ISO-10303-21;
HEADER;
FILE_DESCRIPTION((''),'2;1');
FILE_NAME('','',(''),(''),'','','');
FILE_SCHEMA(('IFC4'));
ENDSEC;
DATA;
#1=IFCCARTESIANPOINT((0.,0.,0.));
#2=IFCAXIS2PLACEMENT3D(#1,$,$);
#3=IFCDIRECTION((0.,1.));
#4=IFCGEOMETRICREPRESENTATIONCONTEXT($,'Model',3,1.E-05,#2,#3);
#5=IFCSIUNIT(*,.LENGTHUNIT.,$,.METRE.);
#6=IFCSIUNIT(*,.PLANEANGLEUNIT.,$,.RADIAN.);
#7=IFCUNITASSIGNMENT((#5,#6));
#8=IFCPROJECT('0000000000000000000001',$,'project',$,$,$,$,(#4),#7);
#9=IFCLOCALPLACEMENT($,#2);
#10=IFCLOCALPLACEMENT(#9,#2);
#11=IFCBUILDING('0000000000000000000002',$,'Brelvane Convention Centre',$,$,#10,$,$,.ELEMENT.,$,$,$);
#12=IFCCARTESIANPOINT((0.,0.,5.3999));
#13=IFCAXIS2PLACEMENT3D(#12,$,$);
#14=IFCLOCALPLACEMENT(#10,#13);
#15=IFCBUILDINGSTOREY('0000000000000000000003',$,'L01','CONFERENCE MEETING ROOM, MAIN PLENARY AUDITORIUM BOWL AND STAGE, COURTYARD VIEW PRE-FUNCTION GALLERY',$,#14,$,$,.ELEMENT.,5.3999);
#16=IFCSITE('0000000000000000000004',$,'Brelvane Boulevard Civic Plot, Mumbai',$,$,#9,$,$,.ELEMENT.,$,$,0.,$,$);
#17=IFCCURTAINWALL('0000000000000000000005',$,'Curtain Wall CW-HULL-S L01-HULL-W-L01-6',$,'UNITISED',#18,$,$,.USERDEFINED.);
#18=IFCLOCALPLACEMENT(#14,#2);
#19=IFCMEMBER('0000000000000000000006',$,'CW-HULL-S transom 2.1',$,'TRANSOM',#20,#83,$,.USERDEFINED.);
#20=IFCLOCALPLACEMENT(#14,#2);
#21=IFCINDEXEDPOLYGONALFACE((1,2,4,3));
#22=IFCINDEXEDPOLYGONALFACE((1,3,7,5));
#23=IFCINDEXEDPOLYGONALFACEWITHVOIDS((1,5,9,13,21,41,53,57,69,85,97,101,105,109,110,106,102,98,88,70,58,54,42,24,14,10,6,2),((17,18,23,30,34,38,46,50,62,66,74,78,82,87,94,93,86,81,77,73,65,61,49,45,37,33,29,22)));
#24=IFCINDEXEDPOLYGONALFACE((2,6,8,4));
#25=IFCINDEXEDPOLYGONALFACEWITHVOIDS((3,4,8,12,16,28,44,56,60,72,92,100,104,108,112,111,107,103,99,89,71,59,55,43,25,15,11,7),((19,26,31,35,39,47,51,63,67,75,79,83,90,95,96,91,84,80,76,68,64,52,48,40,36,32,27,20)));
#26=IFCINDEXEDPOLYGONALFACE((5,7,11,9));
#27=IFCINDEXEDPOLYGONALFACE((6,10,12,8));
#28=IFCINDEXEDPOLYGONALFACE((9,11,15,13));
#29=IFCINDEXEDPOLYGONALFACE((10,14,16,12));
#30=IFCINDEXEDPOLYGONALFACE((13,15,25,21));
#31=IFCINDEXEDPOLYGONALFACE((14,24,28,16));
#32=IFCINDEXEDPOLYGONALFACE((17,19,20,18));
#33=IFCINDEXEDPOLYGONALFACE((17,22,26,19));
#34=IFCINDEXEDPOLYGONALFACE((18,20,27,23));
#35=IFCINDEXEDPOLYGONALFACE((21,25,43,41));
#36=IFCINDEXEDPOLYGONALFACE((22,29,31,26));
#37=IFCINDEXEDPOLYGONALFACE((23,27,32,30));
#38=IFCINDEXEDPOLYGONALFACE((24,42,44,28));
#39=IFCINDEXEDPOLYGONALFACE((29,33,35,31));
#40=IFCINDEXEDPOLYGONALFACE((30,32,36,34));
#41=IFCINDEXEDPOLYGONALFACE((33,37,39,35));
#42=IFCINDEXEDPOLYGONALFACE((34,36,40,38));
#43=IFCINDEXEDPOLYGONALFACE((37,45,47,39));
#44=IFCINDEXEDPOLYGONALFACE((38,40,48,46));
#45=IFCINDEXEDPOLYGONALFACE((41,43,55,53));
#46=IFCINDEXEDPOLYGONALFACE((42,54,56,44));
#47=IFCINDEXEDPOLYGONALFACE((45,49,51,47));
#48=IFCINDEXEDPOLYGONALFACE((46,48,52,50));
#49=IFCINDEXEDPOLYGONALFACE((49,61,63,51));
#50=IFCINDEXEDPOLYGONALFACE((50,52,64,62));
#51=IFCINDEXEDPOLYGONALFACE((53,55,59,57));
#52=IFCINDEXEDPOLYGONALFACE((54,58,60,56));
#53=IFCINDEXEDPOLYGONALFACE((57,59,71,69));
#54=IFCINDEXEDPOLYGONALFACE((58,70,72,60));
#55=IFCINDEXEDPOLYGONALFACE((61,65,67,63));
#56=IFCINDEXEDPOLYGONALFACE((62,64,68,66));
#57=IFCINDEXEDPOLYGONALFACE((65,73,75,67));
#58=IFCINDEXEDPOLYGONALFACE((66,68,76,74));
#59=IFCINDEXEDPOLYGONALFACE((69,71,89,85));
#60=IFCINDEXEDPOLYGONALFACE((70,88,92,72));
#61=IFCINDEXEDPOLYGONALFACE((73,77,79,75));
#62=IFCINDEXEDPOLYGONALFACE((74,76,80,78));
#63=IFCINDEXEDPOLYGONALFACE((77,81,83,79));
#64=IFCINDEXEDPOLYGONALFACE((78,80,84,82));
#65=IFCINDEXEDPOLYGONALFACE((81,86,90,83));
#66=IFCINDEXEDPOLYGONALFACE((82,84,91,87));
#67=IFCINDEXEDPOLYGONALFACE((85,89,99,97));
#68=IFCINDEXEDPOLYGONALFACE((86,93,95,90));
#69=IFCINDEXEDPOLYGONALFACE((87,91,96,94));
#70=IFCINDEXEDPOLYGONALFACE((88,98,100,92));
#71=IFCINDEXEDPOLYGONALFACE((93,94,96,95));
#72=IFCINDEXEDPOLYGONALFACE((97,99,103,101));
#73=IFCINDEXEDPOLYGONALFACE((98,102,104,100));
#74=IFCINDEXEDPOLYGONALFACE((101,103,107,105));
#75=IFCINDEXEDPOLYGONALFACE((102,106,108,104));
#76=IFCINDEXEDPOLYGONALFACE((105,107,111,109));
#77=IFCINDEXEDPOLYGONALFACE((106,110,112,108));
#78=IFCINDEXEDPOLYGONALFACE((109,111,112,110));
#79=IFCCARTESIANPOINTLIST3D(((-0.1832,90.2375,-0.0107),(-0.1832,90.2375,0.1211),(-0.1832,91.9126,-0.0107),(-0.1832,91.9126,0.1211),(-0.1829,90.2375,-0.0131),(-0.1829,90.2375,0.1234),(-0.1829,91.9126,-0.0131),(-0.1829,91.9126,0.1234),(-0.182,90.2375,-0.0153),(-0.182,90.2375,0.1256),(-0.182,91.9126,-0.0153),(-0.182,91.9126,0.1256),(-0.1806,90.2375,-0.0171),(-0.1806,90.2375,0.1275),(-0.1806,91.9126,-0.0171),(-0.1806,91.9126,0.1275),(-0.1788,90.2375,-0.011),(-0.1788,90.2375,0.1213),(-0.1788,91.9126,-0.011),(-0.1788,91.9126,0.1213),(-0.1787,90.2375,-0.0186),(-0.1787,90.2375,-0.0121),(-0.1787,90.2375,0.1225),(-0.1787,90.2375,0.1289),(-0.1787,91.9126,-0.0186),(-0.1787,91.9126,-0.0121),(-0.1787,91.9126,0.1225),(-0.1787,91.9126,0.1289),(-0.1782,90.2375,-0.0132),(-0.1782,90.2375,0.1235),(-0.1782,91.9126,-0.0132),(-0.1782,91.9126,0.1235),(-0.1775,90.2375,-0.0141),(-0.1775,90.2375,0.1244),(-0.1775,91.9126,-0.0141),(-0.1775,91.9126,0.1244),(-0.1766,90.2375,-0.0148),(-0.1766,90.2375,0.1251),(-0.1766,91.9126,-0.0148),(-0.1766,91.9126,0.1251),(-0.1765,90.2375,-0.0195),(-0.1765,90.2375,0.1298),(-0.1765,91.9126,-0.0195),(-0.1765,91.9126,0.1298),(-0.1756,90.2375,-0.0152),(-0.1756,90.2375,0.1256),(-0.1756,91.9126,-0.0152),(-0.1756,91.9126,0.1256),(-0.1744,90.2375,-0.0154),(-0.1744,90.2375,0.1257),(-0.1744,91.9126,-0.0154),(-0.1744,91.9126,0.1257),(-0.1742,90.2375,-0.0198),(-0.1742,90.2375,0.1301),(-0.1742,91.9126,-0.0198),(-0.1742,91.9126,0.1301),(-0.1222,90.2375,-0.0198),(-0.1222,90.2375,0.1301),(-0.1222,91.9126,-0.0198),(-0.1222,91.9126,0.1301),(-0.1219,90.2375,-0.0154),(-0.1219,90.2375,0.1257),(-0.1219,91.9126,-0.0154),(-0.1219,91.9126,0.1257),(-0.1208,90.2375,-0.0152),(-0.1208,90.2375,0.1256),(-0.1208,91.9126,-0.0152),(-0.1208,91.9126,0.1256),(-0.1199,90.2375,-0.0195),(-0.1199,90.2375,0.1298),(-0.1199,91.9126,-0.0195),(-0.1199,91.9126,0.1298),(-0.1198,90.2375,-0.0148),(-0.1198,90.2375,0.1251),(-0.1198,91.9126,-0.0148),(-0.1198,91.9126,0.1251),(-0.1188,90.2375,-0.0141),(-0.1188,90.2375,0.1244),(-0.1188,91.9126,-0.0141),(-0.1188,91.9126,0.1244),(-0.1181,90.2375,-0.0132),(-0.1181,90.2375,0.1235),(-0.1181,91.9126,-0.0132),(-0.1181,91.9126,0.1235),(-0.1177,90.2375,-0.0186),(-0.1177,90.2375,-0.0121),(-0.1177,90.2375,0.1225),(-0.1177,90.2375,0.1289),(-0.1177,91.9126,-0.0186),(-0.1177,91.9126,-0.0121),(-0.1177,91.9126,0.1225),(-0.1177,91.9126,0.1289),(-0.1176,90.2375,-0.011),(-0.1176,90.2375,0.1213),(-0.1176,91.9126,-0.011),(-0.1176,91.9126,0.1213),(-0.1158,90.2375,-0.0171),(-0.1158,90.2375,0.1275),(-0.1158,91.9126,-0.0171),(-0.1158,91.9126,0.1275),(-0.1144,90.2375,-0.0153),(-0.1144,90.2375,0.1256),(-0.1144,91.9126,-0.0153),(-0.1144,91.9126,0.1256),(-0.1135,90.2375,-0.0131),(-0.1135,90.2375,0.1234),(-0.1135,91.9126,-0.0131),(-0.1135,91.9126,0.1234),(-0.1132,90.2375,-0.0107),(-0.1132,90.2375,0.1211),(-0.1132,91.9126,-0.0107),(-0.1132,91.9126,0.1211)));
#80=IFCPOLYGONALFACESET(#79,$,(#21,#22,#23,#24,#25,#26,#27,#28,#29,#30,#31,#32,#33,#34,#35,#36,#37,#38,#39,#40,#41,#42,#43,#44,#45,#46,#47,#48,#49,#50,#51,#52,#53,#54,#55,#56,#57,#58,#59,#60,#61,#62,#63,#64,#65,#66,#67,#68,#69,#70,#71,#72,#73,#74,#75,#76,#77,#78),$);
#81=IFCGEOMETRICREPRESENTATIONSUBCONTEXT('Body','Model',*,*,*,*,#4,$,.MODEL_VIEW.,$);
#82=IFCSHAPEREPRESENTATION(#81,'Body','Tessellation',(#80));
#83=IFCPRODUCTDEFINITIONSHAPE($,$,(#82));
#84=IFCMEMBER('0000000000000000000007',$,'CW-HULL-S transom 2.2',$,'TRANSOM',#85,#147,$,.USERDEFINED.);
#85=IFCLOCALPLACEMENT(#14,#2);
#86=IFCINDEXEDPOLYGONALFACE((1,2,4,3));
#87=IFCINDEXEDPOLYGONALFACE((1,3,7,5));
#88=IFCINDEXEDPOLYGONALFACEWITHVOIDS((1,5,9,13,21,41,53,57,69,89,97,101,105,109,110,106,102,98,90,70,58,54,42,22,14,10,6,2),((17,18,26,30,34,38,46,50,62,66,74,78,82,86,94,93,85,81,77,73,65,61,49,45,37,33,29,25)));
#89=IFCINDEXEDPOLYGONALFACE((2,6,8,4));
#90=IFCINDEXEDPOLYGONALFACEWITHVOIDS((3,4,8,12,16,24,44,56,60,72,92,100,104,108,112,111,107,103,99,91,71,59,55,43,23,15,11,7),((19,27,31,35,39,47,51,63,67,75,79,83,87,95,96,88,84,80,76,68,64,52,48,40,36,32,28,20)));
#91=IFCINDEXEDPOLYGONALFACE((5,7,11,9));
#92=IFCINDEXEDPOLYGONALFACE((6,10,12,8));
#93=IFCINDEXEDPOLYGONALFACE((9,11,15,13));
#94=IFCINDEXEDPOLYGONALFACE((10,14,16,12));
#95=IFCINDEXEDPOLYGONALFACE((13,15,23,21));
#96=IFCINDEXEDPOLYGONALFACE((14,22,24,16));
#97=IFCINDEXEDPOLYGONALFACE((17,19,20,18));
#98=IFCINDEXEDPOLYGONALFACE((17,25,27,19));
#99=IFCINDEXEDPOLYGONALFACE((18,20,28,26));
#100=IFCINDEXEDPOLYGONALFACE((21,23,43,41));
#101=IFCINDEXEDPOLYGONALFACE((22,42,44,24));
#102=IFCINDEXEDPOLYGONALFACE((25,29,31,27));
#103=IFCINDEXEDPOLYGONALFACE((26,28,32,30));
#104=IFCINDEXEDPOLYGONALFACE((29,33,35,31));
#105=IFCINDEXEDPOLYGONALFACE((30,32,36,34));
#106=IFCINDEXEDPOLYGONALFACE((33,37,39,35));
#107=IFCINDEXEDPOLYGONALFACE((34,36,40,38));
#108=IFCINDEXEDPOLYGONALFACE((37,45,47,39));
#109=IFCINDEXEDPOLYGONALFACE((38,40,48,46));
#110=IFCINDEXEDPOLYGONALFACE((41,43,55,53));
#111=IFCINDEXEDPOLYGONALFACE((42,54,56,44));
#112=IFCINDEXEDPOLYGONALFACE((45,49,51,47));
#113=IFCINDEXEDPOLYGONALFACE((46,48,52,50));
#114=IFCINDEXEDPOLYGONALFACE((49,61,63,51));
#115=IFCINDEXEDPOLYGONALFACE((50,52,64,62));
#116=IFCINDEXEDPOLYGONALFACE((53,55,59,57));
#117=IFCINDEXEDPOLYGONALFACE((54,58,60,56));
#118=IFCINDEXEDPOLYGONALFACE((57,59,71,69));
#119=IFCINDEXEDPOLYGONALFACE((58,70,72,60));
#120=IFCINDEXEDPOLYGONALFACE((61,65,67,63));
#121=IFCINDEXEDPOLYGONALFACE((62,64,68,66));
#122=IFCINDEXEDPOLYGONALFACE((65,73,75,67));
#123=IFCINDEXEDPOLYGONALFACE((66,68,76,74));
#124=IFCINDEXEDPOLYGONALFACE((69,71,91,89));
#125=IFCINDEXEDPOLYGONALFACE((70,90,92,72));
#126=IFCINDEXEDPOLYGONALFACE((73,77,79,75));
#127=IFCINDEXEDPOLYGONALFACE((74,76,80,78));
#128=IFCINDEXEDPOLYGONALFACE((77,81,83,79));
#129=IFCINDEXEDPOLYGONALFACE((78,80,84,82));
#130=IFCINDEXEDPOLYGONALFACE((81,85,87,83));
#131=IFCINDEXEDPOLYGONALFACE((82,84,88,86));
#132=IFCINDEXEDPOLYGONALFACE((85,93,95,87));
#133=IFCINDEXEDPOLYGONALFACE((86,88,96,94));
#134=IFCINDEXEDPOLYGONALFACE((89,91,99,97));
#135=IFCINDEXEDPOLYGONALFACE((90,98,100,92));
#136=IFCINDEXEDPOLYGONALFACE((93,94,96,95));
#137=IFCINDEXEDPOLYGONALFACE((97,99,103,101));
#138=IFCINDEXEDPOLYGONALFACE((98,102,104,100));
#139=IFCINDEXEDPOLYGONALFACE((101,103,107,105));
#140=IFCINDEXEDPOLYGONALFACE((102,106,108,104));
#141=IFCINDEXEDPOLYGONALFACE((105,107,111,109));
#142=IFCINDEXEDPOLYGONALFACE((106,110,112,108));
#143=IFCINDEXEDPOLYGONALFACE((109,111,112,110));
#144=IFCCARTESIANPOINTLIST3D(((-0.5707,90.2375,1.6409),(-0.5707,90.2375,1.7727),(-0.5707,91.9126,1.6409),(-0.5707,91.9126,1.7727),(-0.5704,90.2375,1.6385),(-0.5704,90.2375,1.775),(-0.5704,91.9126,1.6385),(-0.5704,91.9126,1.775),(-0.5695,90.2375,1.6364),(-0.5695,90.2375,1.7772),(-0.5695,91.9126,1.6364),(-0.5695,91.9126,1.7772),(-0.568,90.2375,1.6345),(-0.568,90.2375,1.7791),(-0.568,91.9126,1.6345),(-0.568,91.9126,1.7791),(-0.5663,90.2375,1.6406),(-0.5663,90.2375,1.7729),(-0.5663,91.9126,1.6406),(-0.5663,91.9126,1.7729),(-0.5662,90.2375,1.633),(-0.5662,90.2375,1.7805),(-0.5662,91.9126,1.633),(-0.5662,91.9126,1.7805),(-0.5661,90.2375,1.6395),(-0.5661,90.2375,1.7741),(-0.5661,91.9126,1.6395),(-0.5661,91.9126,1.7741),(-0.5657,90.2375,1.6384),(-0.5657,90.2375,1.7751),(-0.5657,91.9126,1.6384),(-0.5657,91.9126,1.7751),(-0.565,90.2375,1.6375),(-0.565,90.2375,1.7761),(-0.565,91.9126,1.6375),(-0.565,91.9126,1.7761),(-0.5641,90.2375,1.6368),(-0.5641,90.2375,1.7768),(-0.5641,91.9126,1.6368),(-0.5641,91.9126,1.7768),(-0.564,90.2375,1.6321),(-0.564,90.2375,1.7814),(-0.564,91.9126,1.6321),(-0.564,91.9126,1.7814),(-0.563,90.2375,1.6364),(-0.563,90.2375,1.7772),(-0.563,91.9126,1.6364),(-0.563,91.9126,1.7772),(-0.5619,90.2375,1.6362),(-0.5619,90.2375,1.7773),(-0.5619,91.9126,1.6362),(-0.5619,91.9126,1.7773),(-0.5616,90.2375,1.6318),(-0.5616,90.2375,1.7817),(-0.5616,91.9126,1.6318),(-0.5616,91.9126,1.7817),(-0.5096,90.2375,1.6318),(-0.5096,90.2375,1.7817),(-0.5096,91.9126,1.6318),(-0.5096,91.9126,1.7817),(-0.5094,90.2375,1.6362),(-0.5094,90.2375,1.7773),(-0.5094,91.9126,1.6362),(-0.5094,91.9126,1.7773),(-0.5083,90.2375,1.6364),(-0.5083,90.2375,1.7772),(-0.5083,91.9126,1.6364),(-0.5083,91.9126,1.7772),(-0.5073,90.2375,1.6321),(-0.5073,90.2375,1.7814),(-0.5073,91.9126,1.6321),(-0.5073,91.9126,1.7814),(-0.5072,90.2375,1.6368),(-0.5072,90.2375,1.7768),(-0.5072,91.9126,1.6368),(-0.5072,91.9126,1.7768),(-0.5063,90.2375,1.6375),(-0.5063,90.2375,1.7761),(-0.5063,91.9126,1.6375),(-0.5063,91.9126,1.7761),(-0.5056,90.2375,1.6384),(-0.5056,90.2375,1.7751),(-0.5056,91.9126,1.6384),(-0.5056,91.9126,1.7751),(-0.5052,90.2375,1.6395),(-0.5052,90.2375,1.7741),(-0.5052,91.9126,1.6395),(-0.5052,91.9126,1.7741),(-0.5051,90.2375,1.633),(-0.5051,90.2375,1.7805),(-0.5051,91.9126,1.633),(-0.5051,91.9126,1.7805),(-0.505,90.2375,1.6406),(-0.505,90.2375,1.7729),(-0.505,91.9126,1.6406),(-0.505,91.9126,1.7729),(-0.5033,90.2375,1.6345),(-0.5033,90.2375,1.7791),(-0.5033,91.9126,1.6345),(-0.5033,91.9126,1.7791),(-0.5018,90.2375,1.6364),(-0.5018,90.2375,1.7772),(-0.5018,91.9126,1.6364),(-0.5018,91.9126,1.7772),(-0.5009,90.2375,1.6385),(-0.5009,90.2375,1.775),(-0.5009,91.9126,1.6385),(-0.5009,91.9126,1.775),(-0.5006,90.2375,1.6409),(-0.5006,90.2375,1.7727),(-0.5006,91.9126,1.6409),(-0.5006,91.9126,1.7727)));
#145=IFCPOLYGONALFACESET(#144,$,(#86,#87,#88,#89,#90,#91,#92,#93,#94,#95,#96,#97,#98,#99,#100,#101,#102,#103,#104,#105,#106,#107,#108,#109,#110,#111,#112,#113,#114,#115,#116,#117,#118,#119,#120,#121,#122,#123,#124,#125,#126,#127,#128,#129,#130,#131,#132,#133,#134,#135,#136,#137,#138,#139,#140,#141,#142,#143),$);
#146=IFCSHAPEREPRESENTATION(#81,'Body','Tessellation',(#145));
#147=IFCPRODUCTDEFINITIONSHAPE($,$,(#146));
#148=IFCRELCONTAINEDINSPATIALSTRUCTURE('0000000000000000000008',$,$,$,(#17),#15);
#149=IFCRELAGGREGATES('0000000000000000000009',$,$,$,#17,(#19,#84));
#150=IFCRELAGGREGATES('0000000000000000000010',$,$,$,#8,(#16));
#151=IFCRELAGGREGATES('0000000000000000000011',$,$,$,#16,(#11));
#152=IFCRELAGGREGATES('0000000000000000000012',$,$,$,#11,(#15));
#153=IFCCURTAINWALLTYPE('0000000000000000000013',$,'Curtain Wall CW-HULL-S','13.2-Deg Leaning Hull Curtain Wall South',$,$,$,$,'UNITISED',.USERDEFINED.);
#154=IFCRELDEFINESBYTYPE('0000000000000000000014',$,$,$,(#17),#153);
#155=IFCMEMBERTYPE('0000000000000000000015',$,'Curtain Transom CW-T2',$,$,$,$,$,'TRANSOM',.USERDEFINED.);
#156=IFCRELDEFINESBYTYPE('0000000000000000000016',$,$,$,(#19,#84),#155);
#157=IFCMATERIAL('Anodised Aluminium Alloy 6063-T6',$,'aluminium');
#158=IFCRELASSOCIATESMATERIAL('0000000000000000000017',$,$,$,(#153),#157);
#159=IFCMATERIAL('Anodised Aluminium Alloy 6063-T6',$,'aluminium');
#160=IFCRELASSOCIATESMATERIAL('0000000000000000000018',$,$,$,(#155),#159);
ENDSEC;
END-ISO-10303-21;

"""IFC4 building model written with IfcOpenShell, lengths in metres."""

from ifc_helpers import new_model, si_unit, direction, frame, origin, origin_2d, place, context, subcontext, project, spatial, hollow_rectangle, extrude, material, material_profile, profile_set, type_object, element, aggregate, save


model = new_model("IFC4")

# Units and contexts
model_context = context("Model", 3, precision=1e-05, world=origin(), true_north=direction((0.0, 1.0)))
body_context = subcontext(model_context, "Body", "Model", "MODEL_VIEW")
ifc_project = project(units=[si_unit("LENGTHUNIT", "METRE"), si_unit("PLANEANGLEUNIT", "RADIAN")], contexts=[model_context])

# Site, building, storey
site_placement = place(None, origin())
site = spatial("IfcSite", under=ifc_project, at=site_placement, Name="Brelvane Boulevard Civic Plot, Mumbai", CompositionType="ELEMENT", RefElevation=0.0)
building_placement = place(site_placement, origin())
building = spatial("IfcBuilding", under=site, at=building_placement, Name="Brelvane Convention Centre", CompositionType="ELEMENT")
storey_placement = place(building_placement, frame((0.0, 0.0, 5.3999)))
storey = spatial("IfcBuildingStorey", under=building, at=storey_placement, Name="L01", Description="CONFERENCE MEETING ROOM, MAIN PLENARY AUDITORIUM BOWL AND STAGE, COURTYARD VIEW PRE-FUNCTION GALLERY", CompositionType="ELEMENT", Elevation=5.3999)

# Shared definitions
ifc_material_1 = material(Name="Anodised Aluminium Alloy 6063-T6", Category="aluminium")
curtain_wall_type = type_object("IfcCurtainWallType", Name="Curtain Wall CW-HULL-S", Description="13.2-Deg Leaning Hull Curtain Wall South", ElementType="UNITISED", PredefinedType="USERDEFINED", material=ifc_material_1)

# Curtain wall
curtain_wall_1_placement = place(storey_placement, origin())
curtain_wall_1 = element("IfcCurtainWall", 1, at=curtain_wall_1_placement, inside=storey, type_object=curtain_wall_type, Name="Curtain Wall CW-HULL-S L01-HULL-W-L01-6", ObjectType="UNITISED", PredefinedType="USERDEFINED")

# Members
ifc_material_2 = material(Name="Anodised Aluminium Alloy 6063-T6", Category="aluminium")
ifc_material_profile_1 = material_profile(ifc_material_2, hollow_rectangle(XDim=0.0701, YDim=0.1499, WallThickness=0.0044, InnerFilletRadius=0.0044, OuterFilletRadius=0.009, at=origin_2d()), Name="ALU-T 150x70x4.5")
ifc_profile_set_1 = profile_set([ifc_material_profile_1], Name="Anodised Aluminium Alloy 6063-T6")
member_type_1 = type_object("IfcMemberType", Name="Curtain Transom CW-T2", ElementType="TRANSOM", PredefinedType="USERDEFINED", material=ifc_profile_set_1)
member_1_placement = place(storey_placement, frame((-0.1482, 90.2375, 0.0552), z_axis=(0.0, 1.0, 0.0), x_axis=(-1.0, 0.0, 0.0)))
member_1 = element("IfcMember", 2, at=member_1_placement, type_object=member_type_1, Name="CW-HULL-S transom 2.1", ObjectType="TRANSOM", PredefinedType="USERDEFINED", context=body_context, shape_type="SweptSolid", body=[
    extrude(hollow_rectangle(XDim=0.0701, YDim=0.1499, WallThickness=0.0044, InnerFilletRadius=0.0044, OuterFilletRadius=0.009, at=origin_2d()), origin(), (0.0, 0.0, 1.0), 1.675),
])
member_2_placement = place(storey_placement, frame((-0.5356, 90.2375, 1.7068), z_axis=(0.0, 1.0, 0.0), x_axis=(-1.0, 0.0, 0.0)))
member_2 = element("IfcMember", 3, at=member_2_placement, type_object=member_type_1, Name="CW-HULL-S transom 2.2", ObjectType="TRANSOM", PredefinedType="USERDEFINED", context=body_context, shape_type="SweptSolid", body=[
    extrude(hollow_rectangle(XDim=0.0701, YDim=0.1499, WallThickness=0.0044, InnerFilletRadius=0.0044, OuterFilletRadius=0.009, at=origin_2d()), origin(), (0.0, 0.0, 1.0), 1.675),
])

aggregate(curtain_wall_1, [member_1, member_2])

save(model, "model.ifc")
